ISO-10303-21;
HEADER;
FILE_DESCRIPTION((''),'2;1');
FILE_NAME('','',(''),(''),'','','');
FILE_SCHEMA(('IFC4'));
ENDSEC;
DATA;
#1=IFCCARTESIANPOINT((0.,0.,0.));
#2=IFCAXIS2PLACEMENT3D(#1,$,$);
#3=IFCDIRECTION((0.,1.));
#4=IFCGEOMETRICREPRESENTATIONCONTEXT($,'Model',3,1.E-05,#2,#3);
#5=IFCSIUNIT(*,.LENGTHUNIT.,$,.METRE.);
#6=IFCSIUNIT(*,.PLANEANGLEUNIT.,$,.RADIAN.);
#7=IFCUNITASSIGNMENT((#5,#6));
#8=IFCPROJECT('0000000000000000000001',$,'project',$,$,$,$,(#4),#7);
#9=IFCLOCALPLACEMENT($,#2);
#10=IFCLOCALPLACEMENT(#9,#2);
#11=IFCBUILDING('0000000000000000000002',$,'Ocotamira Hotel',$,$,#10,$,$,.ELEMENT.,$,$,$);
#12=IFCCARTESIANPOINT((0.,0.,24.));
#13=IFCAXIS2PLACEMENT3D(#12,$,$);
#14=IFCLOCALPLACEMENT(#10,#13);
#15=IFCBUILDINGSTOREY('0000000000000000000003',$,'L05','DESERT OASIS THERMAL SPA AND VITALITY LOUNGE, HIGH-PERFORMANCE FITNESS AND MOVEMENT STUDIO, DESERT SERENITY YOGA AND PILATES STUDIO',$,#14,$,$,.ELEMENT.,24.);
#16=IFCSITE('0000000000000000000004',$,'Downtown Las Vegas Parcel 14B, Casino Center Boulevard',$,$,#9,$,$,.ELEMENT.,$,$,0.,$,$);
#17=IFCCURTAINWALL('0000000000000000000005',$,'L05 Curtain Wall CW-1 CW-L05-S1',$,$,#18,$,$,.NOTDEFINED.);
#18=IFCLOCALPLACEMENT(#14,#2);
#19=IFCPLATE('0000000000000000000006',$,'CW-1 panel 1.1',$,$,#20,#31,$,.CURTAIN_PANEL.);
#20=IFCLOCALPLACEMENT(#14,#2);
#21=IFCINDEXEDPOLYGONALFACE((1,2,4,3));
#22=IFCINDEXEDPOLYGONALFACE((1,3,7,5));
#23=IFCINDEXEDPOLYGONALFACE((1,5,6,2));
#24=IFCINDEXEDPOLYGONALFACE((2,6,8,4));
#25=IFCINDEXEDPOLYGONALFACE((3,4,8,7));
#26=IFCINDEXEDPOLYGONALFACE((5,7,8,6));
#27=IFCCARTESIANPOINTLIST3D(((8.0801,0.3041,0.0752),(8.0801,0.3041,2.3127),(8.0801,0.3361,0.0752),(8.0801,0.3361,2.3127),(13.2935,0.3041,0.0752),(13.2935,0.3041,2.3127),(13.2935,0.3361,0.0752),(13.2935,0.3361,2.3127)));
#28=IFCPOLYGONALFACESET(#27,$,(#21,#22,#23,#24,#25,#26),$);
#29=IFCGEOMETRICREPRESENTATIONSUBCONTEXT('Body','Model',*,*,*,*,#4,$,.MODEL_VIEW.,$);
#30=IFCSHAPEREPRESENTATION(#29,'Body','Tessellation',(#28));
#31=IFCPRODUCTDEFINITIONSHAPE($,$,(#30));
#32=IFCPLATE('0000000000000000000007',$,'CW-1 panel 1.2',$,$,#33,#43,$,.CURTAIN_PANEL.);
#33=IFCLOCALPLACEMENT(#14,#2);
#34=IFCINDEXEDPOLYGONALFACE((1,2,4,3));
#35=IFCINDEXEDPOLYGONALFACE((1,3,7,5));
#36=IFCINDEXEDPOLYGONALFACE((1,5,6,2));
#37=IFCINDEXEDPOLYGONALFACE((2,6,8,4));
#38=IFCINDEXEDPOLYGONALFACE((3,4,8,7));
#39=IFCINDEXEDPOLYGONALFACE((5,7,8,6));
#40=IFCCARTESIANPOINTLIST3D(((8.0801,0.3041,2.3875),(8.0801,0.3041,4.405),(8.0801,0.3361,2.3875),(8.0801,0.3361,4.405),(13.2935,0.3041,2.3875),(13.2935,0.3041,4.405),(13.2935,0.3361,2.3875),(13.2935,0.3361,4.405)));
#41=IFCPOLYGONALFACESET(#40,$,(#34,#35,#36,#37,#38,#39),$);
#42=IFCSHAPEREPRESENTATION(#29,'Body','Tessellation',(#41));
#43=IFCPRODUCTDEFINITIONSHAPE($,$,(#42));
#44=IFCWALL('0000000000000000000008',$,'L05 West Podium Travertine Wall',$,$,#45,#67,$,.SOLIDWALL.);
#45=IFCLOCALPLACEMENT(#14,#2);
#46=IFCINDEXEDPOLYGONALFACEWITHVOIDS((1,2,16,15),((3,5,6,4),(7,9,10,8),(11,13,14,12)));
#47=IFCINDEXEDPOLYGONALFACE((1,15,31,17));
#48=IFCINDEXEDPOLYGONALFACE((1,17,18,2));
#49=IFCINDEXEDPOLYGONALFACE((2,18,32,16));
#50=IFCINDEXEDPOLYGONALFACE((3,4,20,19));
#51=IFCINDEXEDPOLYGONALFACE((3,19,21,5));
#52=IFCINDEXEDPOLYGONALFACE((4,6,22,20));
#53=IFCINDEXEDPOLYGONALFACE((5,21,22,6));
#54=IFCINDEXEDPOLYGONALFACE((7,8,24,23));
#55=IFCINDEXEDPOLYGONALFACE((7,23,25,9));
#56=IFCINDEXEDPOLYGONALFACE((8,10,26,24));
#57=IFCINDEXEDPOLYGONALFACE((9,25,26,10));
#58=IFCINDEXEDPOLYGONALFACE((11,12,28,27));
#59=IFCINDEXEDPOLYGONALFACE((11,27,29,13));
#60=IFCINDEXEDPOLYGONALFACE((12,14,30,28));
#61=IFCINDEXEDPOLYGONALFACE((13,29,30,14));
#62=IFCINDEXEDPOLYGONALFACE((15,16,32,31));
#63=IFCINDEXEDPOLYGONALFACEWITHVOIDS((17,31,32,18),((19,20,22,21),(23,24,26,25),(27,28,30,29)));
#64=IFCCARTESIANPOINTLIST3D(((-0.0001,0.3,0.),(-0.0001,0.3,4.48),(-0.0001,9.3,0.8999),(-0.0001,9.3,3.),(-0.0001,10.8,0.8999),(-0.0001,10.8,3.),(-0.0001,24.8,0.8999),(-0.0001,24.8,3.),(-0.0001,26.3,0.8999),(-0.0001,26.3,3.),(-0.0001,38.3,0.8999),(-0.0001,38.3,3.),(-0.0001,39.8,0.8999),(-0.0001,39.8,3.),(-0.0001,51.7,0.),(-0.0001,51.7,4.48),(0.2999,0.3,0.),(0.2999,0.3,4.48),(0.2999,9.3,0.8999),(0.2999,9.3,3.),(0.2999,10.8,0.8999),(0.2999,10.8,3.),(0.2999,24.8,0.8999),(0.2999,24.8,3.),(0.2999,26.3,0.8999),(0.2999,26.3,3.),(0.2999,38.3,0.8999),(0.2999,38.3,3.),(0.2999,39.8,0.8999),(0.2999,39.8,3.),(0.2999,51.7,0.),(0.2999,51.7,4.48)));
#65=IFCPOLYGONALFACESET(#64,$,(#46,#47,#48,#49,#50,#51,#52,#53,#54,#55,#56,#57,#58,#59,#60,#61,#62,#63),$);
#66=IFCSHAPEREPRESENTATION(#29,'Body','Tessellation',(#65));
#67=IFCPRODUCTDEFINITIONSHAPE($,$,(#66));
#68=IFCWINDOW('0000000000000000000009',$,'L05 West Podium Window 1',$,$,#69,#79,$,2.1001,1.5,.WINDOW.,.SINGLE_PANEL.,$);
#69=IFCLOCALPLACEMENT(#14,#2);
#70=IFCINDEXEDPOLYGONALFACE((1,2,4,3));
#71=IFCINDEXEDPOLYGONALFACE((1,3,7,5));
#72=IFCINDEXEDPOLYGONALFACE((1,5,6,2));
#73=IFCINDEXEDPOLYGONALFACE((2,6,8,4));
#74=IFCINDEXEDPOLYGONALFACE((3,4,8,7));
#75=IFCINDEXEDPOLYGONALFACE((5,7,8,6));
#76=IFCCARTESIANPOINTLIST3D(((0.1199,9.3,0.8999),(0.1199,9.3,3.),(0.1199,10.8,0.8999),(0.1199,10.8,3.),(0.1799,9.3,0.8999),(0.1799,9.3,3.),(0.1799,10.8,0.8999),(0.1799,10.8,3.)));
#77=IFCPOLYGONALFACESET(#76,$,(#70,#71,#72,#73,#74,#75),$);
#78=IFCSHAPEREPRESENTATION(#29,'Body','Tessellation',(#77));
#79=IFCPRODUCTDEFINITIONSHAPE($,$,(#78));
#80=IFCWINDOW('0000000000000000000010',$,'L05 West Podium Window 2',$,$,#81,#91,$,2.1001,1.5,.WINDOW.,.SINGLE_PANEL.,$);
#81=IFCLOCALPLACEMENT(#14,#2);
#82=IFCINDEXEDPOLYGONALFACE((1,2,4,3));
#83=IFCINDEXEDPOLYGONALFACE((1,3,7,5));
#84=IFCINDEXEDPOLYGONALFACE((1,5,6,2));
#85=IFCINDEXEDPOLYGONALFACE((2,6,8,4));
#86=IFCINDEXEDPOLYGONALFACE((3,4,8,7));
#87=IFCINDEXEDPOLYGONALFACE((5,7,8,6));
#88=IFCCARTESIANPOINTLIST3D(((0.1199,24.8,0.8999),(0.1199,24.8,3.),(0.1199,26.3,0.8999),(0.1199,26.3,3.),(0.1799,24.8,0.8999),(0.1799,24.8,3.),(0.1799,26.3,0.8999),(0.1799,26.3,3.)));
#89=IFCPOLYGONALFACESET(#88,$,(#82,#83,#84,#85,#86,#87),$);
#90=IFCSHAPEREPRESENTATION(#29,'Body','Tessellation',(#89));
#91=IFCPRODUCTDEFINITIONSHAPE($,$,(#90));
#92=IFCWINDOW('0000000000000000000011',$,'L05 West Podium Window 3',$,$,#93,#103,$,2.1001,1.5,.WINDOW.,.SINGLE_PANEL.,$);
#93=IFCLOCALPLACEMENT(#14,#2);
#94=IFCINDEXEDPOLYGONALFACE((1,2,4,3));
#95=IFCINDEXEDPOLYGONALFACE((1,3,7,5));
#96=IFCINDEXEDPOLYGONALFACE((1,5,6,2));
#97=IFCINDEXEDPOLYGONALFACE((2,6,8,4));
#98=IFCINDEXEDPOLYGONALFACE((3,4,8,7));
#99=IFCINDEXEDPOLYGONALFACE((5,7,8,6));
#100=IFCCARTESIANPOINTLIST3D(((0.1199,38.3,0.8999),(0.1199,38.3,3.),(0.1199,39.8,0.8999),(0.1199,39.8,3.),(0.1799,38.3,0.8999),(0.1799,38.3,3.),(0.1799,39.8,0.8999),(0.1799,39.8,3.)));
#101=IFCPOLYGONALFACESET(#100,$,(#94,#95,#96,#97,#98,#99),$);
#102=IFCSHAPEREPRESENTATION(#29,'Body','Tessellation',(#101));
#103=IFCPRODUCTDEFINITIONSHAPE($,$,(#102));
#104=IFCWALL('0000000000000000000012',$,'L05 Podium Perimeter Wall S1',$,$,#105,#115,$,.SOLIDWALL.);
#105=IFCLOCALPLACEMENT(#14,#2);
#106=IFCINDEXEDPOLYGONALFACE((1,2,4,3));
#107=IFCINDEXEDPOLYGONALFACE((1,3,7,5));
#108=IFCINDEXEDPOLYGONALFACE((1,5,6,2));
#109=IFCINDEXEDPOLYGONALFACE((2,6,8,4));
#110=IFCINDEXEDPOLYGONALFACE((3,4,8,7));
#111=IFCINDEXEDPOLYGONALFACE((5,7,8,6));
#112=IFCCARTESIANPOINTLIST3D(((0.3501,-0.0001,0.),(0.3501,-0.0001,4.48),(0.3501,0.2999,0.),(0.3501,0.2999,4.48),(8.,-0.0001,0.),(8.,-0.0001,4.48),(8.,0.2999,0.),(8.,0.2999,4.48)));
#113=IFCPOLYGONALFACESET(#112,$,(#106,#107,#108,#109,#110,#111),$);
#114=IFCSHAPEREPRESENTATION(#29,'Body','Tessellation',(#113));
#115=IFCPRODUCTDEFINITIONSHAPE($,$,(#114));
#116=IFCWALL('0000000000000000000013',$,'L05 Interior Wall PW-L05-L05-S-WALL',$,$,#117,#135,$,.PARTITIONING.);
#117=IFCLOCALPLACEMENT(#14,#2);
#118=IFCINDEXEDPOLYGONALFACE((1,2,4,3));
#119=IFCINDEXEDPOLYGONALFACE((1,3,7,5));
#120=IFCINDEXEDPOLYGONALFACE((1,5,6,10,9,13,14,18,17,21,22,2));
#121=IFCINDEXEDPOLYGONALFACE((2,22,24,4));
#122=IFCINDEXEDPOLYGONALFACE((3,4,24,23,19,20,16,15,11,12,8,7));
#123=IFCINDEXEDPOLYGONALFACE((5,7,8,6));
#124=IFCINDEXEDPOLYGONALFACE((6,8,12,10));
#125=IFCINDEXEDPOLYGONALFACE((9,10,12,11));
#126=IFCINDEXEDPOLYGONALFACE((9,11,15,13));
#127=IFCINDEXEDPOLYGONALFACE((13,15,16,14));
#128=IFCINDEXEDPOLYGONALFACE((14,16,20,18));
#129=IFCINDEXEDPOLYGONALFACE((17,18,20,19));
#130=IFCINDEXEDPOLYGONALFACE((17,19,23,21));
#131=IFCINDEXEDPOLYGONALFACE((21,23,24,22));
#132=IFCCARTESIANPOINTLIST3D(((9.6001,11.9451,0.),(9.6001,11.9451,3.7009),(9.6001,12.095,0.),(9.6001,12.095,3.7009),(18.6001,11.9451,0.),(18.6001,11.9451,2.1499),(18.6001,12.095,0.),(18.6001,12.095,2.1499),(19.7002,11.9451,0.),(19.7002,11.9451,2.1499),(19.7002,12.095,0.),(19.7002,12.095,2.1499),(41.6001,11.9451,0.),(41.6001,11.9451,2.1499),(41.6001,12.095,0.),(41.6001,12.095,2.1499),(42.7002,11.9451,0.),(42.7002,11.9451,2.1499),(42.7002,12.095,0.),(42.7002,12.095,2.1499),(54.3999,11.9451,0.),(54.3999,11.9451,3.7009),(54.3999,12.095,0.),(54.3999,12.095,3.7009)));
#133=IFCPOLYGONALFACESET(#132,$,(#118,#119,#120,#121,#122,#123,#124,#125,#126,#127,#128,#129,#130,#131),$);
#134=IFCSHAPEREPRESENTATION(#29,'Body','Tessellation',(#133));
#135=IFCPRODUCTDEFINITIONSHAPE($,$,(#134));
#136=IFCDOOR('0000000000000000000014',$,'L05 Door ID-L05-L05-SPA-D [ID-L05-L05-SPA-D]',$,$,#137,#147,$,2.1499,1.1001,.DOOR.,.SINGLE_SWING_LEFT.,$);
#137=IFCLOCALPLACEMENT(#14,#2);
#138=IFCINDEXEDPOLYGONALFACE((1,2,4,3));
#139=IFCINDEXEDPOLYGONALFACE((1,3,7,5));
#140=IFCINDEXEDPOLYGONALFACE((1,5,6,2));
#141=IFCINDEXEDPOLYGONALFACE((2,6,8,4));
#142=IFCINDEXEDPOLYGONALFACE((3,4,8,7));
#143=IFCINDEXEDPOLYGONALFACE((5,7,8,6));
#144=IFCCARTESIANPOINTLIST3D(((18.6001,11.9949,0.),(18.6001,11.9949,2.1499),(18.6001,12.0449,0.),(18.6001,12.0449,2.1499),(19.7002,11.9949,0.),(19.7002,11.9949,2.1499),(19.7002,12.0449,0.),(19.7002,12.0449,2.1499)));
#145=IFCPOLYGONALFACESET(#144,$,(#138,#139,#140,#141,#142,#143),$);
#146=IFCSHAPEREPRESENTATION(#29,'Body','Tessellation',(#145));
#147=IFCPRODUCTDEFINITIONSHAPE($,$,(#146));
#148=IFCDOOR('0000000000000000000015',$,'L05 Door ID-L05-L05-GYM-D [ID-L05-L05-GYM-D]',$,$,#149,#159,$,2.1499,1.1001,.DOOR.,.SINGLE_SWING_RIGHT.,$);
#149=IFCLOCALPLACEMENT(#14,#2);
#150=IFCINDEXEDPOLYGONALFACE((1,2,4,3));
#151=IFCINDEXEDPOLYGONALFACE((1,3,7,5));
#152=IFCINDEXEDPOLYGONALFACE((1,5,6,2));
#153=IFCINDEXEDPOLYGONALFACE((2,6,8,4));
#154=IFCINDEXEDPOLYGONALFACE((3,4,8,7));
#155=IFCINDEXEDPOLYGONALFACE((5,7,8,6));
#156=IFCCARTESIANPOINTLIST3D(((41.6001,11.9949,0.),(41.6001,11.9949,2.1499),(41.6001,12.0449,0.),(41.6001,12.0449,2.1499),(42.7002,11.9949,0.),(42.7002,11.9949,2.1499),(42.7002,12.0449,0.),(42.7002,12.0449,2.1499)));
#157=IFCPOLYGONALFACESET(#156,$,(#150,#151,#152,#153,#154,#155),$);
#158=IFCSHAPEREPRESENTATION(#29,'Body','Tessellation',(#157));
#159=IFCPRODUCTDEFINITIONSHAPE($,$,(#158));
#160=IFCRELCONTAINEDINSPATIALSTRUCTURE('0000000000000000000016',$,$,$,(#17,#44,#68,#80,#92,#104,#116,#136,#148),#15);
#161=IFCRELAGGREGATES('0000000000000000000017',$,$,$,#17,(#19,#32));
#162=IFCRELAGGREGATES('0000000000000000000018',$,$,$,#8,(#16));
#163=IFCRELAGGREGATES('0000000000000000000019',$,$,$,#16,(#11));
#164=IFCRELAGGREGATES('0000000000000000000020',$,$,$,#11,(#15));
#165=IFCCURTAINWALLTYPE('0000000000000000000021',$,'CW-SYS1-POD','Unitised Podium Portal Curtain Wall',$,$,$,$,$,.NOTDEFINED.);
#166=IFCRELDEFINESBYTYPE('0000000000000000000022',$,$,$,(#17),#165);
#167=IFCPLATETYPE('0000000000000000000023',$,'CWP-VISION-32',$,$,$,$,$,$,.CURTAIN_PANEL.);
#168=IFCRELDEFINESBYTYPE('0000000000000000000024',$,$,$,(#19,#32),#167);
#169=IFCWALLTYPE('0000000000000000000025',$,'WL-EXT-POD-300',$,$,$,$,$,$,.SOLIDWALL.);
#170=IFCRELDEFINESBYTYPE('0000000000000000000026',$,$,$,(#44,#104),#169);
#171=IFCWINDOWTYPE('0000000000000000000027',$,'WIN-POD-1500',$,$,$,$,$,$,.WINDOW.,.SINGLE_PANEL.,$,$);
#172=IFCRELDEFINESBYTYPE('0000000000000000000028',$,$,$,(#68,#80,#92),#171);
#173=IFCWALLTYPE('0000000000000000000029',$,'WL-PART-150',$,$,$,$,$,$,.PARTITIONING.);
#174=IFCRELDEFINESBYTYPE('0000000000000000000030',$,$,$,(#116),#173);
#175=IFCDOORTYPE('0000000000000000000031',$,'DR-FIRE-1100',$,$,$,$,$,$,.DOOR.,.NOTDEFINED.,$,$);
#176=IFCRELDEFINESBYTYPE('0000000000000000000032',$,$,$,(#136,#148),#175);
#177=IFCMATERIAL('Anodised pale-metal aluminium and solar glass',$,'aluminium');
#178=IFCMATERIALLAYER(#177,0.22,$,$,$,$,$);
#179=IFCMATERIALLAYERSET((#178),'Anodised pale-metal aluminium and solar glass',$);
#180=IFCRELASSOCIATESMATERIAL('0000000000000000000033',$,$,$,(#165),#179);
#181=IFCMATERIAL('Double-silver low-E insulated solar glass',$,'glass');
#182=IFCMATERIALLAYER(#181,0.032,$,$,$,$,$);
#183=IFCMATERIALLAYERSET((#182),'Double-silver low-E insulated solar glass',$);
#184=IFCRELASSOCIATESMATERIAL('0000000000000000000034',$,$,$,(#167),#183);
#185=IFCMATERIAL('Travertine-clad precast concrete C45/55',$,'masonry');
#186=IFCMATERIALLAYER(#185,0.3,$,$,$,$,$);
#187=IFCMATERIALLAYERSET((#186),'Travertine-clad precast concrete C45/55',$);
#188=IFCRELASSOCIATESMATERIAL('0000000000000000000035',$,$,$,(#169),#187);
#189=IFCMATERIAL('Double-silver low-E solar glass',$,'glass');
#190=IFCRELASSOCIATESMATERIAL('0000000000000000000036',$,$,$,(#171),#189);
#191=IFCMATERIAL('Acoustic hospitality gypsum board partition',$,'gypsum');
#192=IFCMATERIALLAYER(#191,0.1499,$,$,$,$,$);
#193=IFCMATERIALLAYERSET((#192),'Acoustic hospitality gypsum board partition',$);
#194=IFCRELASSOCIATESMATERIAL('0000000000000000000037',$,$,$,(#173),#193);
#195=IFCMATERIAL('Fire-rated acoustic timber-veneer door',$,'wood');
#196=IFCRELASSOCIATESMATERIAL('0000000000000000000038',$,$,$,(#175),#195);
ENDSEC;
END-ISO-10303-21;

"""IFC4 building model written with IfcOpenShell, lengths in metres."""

from ifc_helpers import new_model, si_unit, direction, frame, frame_2d, origin, origin_2d, place, context, subcontext, project, spatial, rectangle, extrude, source, transform, mapped, material, layer, layer_set, type_object, element, fill, aggregate, save


model = new_model("IFC4")

# Units and contexts
model_context = context("Model", 3, precision=1e-05, world=origin(), true_north=direction((0.0, 1.0)))
body_context = subcontext(model_context, "Body", "Model", "MODEL_VIEW")
ifc_project = project(units=[si_unit("LENGTHUNIT", "METRE"), si_unit("PLANEANGLEUNIT", "RADIAN")], contexts=[model_context])

# Site, building, storey
site_placement = place(None, origin())
site = spatial("IfcSite", under=ifc_project, at=site_placement, Name="Downtown Las Vegas Parcel 14B, Casino Center Boulevard", CompositionType="ELEMENT", RefElevation=0.0)
building_placement = place(site_placement, origin())
building = spatial("IfcBuilding", under=site, at=building_placement, Name="Ocotamira Hotel", CompositionType="ELEMENT")
storey_placement = place(building_placement, frame((0.0, 0.0, 24.0)))
storey = spatial("IfcBuildingStorey", under=building, at=storey_placement, Name="L05", Description="DESERT OASIS THERMAL SPA AND VITALITY LOUNGE, HIGH-PERFORMANCE FITNESS AND MOVEMENT STUDIO, DESERT SERENITY YOGA AND PILATES STUDIO", CompositionType="ELEMENT", Elevation=24.0)

# Curtain wall
ifc_material_1 = material(Name="Anodised pale-metal aluminium and solar glass", Category="aluminium")
ifc_layer_1 = layer(ifc_material_1, 0.22)
ifc_layer_set_1 = layer_set([ifc_layer_1], Name="Anodised pale-metal aluminium and solar glass")
curtain_wall_type = type_object("IfcCurtainWallType", Name="CW-SYS1-POD", Description="Unitised Podium Portal Curtain Wall", PredefinedType="NOTDEFINED", material=ifc_layer_set_1)
curtain_wall_placement = place(storey_placement, origin())
curtain_wall = element("IfcCurtainWall", 1, at=curtain_wall_placement, inside=storey, type_object=curtain_wall_type, Name="L05 Curtain Wall CW-1 CW-L05-S1", PredefinedType="NOTDEFINED")

# Plates
ifc_material_2 = material(Name="Double-silver low-E insulated solar glass", Category="glass")
ifc_layer_2 = layer(ifc_material_2, 0.032)
ifc_layer_set_2 = layer_set([ifc_layer_2], Name="Double-silver low-E insulated solar glass")
plate_type = type_object("IfcPlateType", Name="CWP-VISION-32", PredefinedType="CURTAIN_PANEL", material=ifc_layer_set_2)
shared_shape_1 = source(origin(), body_context, "Body", "SweptSolid", [
    extrude(rectangle(XDim=5.2134, YDim=0.032, at=origin_2d()), origin(), (0.0, 0.0, 1.0), 2.2375),
])
plate_1_placement = place(storey_placement, frame((10.6868, 0.3201, 0.0752), z_axis=(0.0, 0.0, 1.0), x_axis=(1.0, 0.0, 0.0)))
plate_1 = element("IfcPlate", 2, at=plate_1_placement, type_object=plate_type, Name="CW-1 panel 1.1", PredefinedType="CURTAIN_PANEL", context=body_context, shape_type="MappedRepresentation", body=[
    mapped(shared_shape_1, transform((0.0, 0.0, 0.0), scale=1.0)),
])
shared_shape_2 = source(origin(), body_context, "Body", "SweptSolid", [
    extrude(rectangle(XDim=5.2134, YDim=0.032, at=origin_2d()), origin(), (0.0, 0.0, 1.0), 2.0176),
])
plate_2_placement = place(storey_placement, frame((10.6868, 0.3201, 2.3875), z_axis=(0.0, 0.0, 1.0), x_axis=(1.0, 0.0, 0.0)))
plate_2 = element("IfcPlate", 3, at=plate_2_placement, type_object=plate_type, Name="CW-1 panel 1.2", PredefinedType="CURTAIN_PANEL", context=body_context, shape_type="MappedRepresentation", body=[
    mapped(shared_shape_2, transform((0.0, 0.0, 0.0), scale=1.0)),
])
aggregate(curtain_wall, [plate_1, plate_2])

# Wall, openings, windows
ifc_material_3 = material(Name="Travertine-clad precast concrete C45/55", Category="masonry")
ifc_layer_3 = layer(ifc_material_3, 0.3)
ifc_layer_set_3 = layer_set([ifc_layer_3], Name="Travertine-clad precast concrete C45/55")
wall_type_1 = type_object("IfcWallType", Name="WL-EXT-POD-300", PredefinedType="SOLIDWALL", material=ifc_layer_set_3)
wall_1_placement = place(storey_placement, frame((0.1499, 0.3, 0.0), z_axis=(0.0, 0.0, 1.0), x_axis=(0.0, 1.0, 0.0)))
wall_1 = element("IfcWall", 4, at=wall_1_placement, inside=storey, type_object=wall_type_1, Name="L05 West Podium Travertine Wall", PredefinedType="SOLIDWALL", context=body_context, shape_type="SweptSolid", body=[
    extrude(rectangle(XDim=51.3999, YDim=0.3, at=frame_2d((25.7, 0.0))), origin(), (0.0, 0.0, 1.0), 4.48),
])
opening_1_placement = place(wall_1_placement, frame((9.0, 0.0, 0.8999)))
opening_1 = element("IfcOpeningElement", 5, at=opening_1_placement, cuts=wall_1, PredefinedType="OPENING", context=body_context, shape_type="SweptSolid", body=[
    extrude(rectangle(XDim=1.5, YDim=2.1001, at=frame_2d((0.75, 1.05))), frame((0.0, 0.1602, 0.0), z_axis=(0.0, -1.0, 0.0), x_axis=(1.0, 0.0, 0.0)), (0.0, 0.0, 1.0), 0.3201),
])
opening_2_placement = place(wall_1_placement, frame((24.5, 0.0, 0.8999)))
opening_2 = element("IfcOpeningElement", 6, at=opening_2_placement, cuts=wall_1, PredefinedType="OPENING", context=body_context, shape_type="SweptSolid", body=[
    extrude(rectangle(XDim=1.5, YDim=2.1001, at=frame_2d((0.75, 1.05))), frame((0.0, 0.1602, 0.0), z_axis=(0.0, -1.0, 0.0), x_axis=(1.0, 0.0, 0.0)), (0.0, 0.0, 1.0), 0.3201),
])
opening_3_placement = place(wall_1_placement, frame((38.0, 0.0, 0.8999)))
opening_3 = element("IfcOpeningElement", 7, at=opening_3_placement, cuts=wall_1, PredefinedType="OPENING", context=body_context, shape_type="SweptSolid", body=[
    extrude(rectangle(XDim=1.5, YDim=2.1001, at=frame_2d((0.75, 1.05))), frame((0.0, 0.1602, 0.0), z_axis=(0.0, -1.0, 0.0), x_axis=(1.0, 0.0, 0.0)), (0.0, 0.0, 1.0), 0.3201),
])
ifc_material_4 = material(Name="Double-silver low-E solar glass", Category="glass")
window_type = type_object("IfcWindowType", Name="WIN-POD-1500", PartitioningType="SINGLE_PANEL", PredefinedType="WINDOW", material=ifc_material_4)
shared_shape_3 = source(origin(), body_context, "Body", "SweptSolid", [
    extrude(rectangle(XDim=1.5, YDim=2.1001, at=frame_2d((0.75, 1.05))), frame((0.0, 0.03, 0.0), z_axis=(0.0, -1.0, 0.0), x_axis=(1.0, 0.0, 0.0)), (0.0, 0.0, 1.0), 0.0601),
])
window_1_placement = place(opening_1_placement, origin())
window_1 = element("IfcWindow", 8, at=window_1_placement, inside=storey, type_object=window_type, Name="L05 West Podium Window 1", OverallHeight=2.1001, OverallWidth=1.5, PartitioningType="SINGLE_PANEL", PredefinedType="WINDOW", context=body_context, shape_type="MappedRepresentation", body=[
    mapped(shared_shape_3, transform((0.0, 0.0, 0.0), scale=1.0)),
])
fill(opening_1, window_1)
window_2_placement = place(opening_2_placement, origin())
window_2 = element("IfcWindow", 9, at=window_2_placement, inside=storey, type_object=window_type, Name="L05 West Podium Window 2", OverallHeight=2.1001, OverallWidth=1.5, PartitioningType="SINGLE_PANEL", PredefinedType="WINDOW", context=body_context, shape_type="MappedRepresentation", body=[
    mapped(shared_shape_3, transform((0.0, 0.0, 0.0), scale=1.0)),
])
fill(opening_2, window_2)
window_3_placement = place(opening_3_placement, origin())
window_3 = element("IfcWindow", 10, at=window_3_placement, inside=storey, type_object=window_type, Name="L05 West Podium Window 3", OverallHeight=2.1001, OverallWidth=1.5, PartitioningType="SINGLE_PANEL", PredefinedType="WINDOW", context=body_context, shape_type="MappedRepresentation", body=[
    mapped(shared_shape_3, transform((0.0, 0.0, 0.0), scale=1.0)),
])
fill(opening_3, window_3)

# Wall
wall_2_placement = place(storey_placement, frame((0.3501, 0.1499, 0.0), z_axis=(0.0, 0.0, 1.0), x_axis=(1.0, 0.0, 0.0)))
element("IfcWall", 11, at=wall_2_placement, inside=storey, type_object=wall_type_1, Name="L05 Podium Perimeter Wall S1", PredefinedType="SOLIDWALL", context=body_context, shape_type="SweptSolid", body=[
    extrude(rectangle(XDim=7.6499, YDim=0.3, at=frame_2d((3.825, 0.0))), origin(), (0.0, 0.0, 1.0), 4.48),
])

# Wall, openings, doors
ifc_material_5 = material(Name="Acoustic hospitality gypsum board partition", Category="gypsum")
ifc_layer_4 = layer(ifc_material_5, 0.1499)
ifc_layer_set_4 = layer_set([ifc_layer_4], Name="Acoustic hospitality gypsum board partition")
wall_type_2 = type_object("IfcWallType", Name="WL-PART-150", PredefinedType="PARTITIONING", material=ifc_layer_set_4)
wall_3_placement = place(storey_placement, frame((9.6001, 12.02, 0.0), z_axis=(0.0, 0.0, 1.0), x_axis=(1.0, 0.0, 0.0)))
wall_3 = element("IfcWall", 12, at=wall_3_placement, inside=storey, type_object=wall_type_2, Name="L05 Interior Wall PW-L05-L05-S-WALL", PredefinedType="PARTITIONING", context=body_context, shape_type="SweptSolid", body=[
    extrude(rectangle(XDim=44.7998, YDim=0.1499, at=frame_2d((22.3999, 0.0))), origin(), (0.0, 0.0, 1.0), 3.7009),
])
opening_4_placement = place(wall_3_placement, frame((9.0, 0.0, 0.0)))
opening_4 = element("IfcOpeningElement", 13, at=opening_4_placement, cuts=wall_3, PredefinedType="OPENING", context=body_context, shape_type="SweptSolid", body=[
    extrude(rectangle(XDim=1.1001, YDim=2.1499, at=frame_2d((0.55, 1.075))), frame((0.0, 0.085, 0.0), z_axis=(0.0, -1.0, 0.0), x_axis=(1.0, 0.0, 0.0)), (0.0, 0.0, 1.0), 0.1699),
])
opening_5_placement = place(wall_3_placement, frame((32.0, 0.0, 0.0)))
opening_5 = element("IfcOpeningElement", 14, at=opening_5_placement, cuts=wall_3, PredefinedType="OPENING", context=body_context, shape_type="SweptSolid", body=[
    extrude(rectangle(XDim=1.1001, YDim=2.1499, at=frame_2d((0.55, 1.075))), frame((0.0, 0.085, 0.0), z_axis=(0.0, -1.0, 0.0), x_axis=(1.0, 0.0, 0.0)), (0.0, 0.0, 1.0), 0.1699),
])
ifc_material_6 = material(Name="Fire-rated acoustic timber-veneer door", Category="wood")
door_type = type_object("IfcDoorType", Name="DR-FIRE-1100", OperationType="NOTDEFINED", PredefinedType="DOOR", material=ifc_material_6)
shared_shape_4 = source(origin(), body_context, "Body", "SweptSolid", [
    extrude(rectangle(XDim=1.1001, YDim=2.1499, at=frame_2d((0.55, 1.075))), frame((0.0, 0.0249, 0.0), z_axis=(0.0, -1.0, 0.0), x_axis=(1.0, 0.0, 0.0)), (0.0, 0.0, 1.0), 0.05),
])
door_1_placement = place(opening_4_placement, origin())
door_1 = element("IfcDoor", 15, at=door_1_placement, inside=storey, type_object=door_type, Name="L05 Door ID-L05-L05-SPA-D [ID-L05-L05-SPA-D]", OperationType="SINGLE_SWING_LEFT", OverallHeight=2.1499, OverallWidth=1.1001, PredefinedType="DOOR", context=body_context, shape_type="MappedRepresentation", body=[
    mapped(shared_shape_4, transform((0.0, 0.0, 0.0), scale=1.0)),
])
fill(opening_4, door_1)
door_2_placement = place(opening_5_placement, origin())
door_2 = element("IfcDoor", 16, at=door_2_placement, inside=storey, type_object=door_type, Name="L05 Door ID-L05-L05-GYM-D [ID-L05-L05-GYM-D]", OperationType="SINGLE_SWING_RIGHT", OverallHeight=2.1499, OverallWidth=1.1001, PredefinedType="DOOR", context=body_context, shape_type="MappedRepresentation", body=[
    mapped(shared_shape_4, transform((0.0, 0.0, 0.0), scale=1.0)),
])
fill(opening_5, door_2)

save(model, "model.ifc")
